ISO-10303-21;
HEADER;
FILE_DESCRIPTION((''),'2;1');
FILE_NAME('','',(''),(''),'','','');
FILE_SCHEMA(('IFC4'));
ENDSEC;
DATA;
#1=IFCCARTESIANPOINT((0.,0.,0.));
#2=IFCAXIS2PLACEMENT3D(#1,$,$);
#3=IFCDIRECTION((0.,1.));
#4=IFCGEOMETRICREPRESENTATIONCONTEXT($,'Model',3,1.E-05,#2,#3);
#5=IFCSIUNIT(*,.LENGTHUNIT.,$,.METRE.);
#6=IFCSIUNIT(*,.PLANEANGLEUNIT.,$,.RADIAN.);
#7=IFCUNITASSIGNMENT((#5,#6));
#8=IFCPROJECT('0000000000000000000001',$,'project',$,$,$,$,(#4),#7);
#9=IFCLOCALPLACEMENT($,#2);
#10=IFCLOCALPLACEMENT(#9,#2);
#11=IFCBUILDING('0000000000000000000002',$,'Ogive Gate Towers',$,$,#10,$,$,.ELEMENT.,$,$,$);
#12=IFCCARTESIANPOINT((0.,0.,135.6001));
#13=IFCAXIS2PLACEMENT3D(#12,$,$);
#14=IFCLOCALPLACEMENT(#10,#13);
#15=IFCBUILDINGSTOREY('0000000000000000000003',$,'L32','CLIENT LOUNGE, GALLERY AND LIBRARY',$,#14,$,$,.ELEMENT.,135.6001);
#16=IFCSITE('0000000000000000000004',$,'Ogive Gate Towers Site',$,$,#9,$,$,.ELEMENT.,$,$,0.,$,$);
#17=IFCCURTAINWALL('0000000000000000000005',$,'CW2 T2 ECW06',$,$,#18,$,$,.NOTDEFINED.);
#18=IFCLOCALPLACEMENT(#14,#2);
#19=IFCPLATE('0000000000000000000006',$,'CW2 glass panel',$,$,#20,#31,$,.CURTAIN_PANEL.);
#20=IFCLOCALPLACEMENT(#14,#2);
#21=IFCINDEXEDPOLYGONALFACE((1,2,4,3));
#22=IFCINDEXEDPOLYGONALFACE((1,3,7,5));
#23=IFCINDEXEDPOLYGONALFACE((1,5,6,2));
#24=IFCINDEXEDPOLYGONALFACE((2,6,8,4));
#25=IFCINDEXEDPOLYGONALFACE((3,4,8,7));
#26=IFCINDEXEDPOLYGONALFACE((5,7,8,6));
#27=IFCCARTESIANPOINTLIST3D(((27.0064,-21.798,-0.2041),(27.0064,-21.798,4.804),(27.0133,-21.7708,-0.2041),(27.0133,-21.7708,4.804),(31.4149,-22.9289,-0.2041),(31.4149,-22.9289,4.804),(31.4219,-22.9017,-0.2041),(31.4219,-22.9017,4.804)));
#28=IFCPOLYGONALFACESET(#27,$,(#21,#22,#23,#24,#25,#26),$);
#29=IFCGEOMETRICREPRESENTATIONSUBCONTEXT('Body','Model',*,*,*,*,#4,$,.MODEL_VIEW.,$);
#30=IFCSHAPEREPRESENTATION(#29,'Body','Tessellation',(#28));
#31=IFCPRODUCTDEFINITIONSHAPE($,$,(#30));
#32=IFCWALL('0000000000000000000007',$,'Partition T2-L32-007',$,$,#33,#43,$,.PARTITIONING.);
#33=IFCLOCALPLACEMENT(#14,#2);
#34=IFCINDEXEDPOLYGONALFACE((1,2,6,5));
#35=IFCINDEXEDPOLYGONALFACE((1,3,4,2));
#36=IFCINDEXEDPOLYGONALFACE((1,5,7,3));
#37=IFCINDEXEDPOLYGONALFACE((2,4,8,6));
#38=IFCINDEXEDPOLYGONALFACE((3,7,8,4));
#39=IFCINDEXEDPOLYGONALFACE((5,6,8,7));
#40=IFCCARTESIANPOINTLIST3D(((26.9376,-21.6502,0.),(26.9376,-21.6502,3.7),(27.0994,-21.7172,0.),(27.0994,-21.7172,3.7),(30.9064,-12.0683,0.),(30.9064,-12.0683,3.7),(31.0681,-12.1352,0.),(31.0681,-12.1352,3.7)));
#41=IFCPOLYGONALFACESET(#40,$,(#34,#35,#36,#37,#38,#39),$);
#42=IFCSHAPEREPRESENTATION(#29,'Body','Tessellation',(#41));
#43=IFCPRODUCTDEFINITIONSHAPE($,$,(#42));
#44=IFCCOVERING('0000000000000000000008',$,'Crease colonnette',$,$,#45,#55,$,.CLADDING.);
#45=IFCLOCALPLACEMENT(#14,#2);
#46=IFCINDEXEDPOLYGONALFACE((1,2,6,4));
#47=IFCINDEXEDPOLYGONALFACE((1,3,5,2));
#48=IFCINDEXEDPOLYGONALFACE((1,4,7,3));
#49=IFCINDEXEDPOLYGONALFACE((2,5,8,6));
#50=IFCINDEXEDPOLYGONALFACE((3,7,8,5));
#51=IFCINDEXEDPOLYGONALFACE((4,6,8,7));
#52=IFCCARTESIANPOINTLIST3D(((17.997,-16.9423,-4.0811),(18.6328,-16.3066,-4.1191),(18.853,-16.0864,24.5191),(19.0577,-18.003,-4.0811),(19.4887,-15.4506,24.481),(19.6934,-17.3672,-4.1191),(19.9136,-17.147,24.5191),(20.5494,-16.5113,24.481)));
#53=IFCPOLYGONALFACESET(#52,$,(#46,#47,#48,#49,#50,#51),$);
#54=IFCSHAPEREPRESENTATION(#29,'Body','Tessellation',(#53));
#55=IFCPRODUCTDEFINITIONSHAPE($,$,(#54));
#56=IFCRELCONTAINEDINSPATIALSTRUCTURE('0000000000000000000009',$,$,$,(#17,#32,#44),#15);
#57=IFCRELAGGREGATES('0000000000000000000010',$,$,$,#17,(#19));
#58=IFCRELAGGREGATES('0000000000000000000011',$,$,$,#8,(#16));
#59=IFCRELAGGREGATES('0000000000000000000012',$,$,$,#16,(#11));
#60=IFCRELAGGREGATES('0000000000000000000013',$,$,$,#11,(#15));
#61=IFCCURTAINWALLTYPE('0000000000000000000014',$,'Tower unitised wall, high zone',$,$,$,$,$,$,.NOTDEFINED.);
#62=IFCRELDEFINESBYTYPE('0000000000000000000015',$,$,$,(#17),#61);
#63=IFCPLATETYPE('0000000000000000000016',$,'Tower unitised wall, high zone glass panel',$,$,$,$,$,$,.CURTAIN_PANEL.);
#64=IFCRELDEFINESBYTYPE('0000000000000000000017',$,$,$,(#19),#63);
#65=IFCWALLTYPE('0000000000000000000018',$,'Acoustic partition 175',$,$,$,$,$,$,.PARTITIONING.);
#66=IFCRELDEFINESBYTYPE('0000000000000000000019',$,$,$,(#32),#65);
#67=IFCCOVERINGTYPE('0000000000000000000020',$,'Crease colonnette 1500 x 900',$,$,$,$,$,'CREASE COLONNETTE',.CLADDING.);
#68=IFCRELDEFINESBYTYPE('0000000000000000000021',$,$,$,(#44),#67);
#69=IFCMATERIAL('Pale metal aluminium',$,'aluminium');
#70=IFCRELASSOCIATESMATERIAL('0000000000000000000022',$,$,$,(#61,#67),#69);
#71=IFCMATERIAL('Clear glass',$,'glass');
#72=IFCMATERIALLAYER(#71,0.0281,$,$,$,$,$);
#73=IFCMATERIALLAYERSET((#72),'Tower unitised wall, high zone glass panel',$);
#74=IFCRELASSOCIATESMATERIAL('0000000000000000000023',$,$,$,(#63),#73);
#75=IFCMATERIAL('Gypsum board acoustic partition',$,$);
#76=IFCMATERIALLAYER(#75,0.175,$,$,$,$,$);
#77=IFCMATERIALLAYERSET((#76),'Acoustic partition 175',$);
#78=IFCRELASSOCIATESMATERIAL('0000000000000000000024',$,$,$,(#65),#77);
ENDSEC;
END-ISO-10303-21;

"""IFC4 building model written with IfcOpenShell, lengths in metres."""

from ifc_helpers import new_model, si_unit, direction, frame, frame_2d, origin, origin_2d, place, context, subcontext, project, spatial, rectangle, extrude, material, layer, layer_set, material_profile, profile_set, type_object, element, aggregate, save


model = new_model("IFC4")

# Units and contexts
model_context = context("Model", 3, precision=1e-05, world=origin(), true_north=direction((0.0, 1.0)))
body_context = subcontext(model_context, "Body", "Model", "MODEL_VIEW")
ifc_project = project(units=[si_unit("LENGTHUNIT", "METRE"), si_unit("PLANEANGLEUNIT", "RADIAN")], contexts=[model_context])

# Site, building, storey
site_placement = place(None, origin())
site = spatial("IfcSite", under=ifc_project, at=site_placement, Name="Ogive Gate Towers Site", CompositionType="ELEMENT", RefElevation=0.0)
building_placement = place(site_placement, origin())
building = spatial("IfcBuilding", under=site, at=building_placement, Name="Ogive Gate Towers", CompositionType="ELEMENT")
storey_placement = place(building_placement, frame((0.0, 0.0, 135.6001)))
storey = spatial("IfcBuildingStorey", under=building, at=storey_placement, Name="L32", Description="CLIENT LOUNGE, GALLERY AND LIBRARY", CompositionType="ELEMENT", Elevation=135.6001)

# Curtain wall, plate
ifc_material_1 = material(Name="Pale metal aluminium", Category="aluminium")
curtain_wall_type = type_object("IfcCurtainWallType", Name="Tower unitised wall, high zone", PredefinedType="NOTDEFINED", material=ifc_material_1)
curtain_wall_placement = place(storey_placement, origin())
curtain_wall = element("IfcCurtainWall", 1, at=curtain_wall_placement, inside=storey, type_object=curtain_wall_type, Name="CW2 T2 ECW06", PredefinedType="NOTDEFINED")
ifc_material_2 = material(Name="Clear glass", Category="glass")
ifc_layer_1 = layer(ifc_material_2, 0.0281)
ifc_layer_set_1 = layer_set([ifc_layer_1], Name="Tower unitised wall, high zone glass panel")
plate_type = type_object("IfcPlateType", Name="Tower unitised wall, high zone glass panel", PredefinedType="CURTAIN_PANEL", material=ifc_layer_set_1)
plate_1_placement = place(storey_placement, frame((29.2141, -22.3499, -0.2041), z_axis=(0.0, 0.0, 1.0), x_axis=(0.96864, -0.24847, 0.0)))
plate_1 = element("IfcPlate", 2, at=plate_1_placement, type_object=plate_type, Name="CW2 glass panel", PredefinedType="CURTAIN_PANEL", context=body_context, shape_type="SweptSolid", body=[
    extrude(rectangle(XDim=4.5513, YDim=0.0281, at=origin_2d()), origin(), (0.0, 0.0, 1.0), 5.0081),
])
aggregate(curtain_wall, [plate_1])

# Wall
ifc_material_3 = material(Name="Gypsum board acoustic partition")
ifc_layer_2 = layer(ifc_material_3, 0.175)
ifc_layer_set_2 = layer_set([ifc_layer_2], Name="Acoustic partition 175")
wall_type = type_object("IfcWallType", Name="Acoustic partition 175", PredefinedType="PARTITIONING", material=ifc_layer_set_2)
wall_placement = place(storey_placement, frame((27.0186, -21.6836, 0.0), z_axis=(0.0, 0.0, 1.0), x_axis=(0.382662, 0.923888, 0.0)))
element("IfcWall", 3, at=wall_placement, inside=storey, type_object=wall_type, Name="Partition T2-L32-007", PredefinedType="PARTITIONING", context=body_context, shape_type="SweptSolid", body=[
    extrude(rectangle(XDim=10.3713, YDim=0.175, at=frame_2d((5.1855, 0.0))), origin(), (0.0, 0.0, 1.0), 3.7),
])

# Covering
ifc_material_profile_1 = material_profile(ifc_material_1, rectangle(XDim=1.5, YDim=0.8999, at=origin_2d()), Name="1500 x 900 pale metal aluminium")
ifc_profile_set_1 = profile_set([ifc_material_profile_1], Name="Pale metal aluminium")
covering_type = type_object("IfcCoveringType", Name="Crease colonnette 1500 x 900", ElementType="CREASE COLONNETTE", PredefinedType="CLADDING", material=ifc_profile_set_1)
covering_placement = place(storey_placement, frame((18.8452, -17.1548, -4.1001), z_axis=(0.029902, 0.029902, 0.999105), x_axis=(-0.707107, 0.707107, 0.0)))
element("IfcCovering", 4, at=covering_placement, inside=storey, type_object=covering_type, Name="Crease colonnette", PredefinedType="CLADDING", context=body_context, shape_type="SweptSolid", body=[
    extrude(rectangle(XDim=1.5, YDim=0.8999, at=origin_2d()), origin(), (0.0, 0.0, 1.0), 28.6257),
])

save(model, "model.ifc")
